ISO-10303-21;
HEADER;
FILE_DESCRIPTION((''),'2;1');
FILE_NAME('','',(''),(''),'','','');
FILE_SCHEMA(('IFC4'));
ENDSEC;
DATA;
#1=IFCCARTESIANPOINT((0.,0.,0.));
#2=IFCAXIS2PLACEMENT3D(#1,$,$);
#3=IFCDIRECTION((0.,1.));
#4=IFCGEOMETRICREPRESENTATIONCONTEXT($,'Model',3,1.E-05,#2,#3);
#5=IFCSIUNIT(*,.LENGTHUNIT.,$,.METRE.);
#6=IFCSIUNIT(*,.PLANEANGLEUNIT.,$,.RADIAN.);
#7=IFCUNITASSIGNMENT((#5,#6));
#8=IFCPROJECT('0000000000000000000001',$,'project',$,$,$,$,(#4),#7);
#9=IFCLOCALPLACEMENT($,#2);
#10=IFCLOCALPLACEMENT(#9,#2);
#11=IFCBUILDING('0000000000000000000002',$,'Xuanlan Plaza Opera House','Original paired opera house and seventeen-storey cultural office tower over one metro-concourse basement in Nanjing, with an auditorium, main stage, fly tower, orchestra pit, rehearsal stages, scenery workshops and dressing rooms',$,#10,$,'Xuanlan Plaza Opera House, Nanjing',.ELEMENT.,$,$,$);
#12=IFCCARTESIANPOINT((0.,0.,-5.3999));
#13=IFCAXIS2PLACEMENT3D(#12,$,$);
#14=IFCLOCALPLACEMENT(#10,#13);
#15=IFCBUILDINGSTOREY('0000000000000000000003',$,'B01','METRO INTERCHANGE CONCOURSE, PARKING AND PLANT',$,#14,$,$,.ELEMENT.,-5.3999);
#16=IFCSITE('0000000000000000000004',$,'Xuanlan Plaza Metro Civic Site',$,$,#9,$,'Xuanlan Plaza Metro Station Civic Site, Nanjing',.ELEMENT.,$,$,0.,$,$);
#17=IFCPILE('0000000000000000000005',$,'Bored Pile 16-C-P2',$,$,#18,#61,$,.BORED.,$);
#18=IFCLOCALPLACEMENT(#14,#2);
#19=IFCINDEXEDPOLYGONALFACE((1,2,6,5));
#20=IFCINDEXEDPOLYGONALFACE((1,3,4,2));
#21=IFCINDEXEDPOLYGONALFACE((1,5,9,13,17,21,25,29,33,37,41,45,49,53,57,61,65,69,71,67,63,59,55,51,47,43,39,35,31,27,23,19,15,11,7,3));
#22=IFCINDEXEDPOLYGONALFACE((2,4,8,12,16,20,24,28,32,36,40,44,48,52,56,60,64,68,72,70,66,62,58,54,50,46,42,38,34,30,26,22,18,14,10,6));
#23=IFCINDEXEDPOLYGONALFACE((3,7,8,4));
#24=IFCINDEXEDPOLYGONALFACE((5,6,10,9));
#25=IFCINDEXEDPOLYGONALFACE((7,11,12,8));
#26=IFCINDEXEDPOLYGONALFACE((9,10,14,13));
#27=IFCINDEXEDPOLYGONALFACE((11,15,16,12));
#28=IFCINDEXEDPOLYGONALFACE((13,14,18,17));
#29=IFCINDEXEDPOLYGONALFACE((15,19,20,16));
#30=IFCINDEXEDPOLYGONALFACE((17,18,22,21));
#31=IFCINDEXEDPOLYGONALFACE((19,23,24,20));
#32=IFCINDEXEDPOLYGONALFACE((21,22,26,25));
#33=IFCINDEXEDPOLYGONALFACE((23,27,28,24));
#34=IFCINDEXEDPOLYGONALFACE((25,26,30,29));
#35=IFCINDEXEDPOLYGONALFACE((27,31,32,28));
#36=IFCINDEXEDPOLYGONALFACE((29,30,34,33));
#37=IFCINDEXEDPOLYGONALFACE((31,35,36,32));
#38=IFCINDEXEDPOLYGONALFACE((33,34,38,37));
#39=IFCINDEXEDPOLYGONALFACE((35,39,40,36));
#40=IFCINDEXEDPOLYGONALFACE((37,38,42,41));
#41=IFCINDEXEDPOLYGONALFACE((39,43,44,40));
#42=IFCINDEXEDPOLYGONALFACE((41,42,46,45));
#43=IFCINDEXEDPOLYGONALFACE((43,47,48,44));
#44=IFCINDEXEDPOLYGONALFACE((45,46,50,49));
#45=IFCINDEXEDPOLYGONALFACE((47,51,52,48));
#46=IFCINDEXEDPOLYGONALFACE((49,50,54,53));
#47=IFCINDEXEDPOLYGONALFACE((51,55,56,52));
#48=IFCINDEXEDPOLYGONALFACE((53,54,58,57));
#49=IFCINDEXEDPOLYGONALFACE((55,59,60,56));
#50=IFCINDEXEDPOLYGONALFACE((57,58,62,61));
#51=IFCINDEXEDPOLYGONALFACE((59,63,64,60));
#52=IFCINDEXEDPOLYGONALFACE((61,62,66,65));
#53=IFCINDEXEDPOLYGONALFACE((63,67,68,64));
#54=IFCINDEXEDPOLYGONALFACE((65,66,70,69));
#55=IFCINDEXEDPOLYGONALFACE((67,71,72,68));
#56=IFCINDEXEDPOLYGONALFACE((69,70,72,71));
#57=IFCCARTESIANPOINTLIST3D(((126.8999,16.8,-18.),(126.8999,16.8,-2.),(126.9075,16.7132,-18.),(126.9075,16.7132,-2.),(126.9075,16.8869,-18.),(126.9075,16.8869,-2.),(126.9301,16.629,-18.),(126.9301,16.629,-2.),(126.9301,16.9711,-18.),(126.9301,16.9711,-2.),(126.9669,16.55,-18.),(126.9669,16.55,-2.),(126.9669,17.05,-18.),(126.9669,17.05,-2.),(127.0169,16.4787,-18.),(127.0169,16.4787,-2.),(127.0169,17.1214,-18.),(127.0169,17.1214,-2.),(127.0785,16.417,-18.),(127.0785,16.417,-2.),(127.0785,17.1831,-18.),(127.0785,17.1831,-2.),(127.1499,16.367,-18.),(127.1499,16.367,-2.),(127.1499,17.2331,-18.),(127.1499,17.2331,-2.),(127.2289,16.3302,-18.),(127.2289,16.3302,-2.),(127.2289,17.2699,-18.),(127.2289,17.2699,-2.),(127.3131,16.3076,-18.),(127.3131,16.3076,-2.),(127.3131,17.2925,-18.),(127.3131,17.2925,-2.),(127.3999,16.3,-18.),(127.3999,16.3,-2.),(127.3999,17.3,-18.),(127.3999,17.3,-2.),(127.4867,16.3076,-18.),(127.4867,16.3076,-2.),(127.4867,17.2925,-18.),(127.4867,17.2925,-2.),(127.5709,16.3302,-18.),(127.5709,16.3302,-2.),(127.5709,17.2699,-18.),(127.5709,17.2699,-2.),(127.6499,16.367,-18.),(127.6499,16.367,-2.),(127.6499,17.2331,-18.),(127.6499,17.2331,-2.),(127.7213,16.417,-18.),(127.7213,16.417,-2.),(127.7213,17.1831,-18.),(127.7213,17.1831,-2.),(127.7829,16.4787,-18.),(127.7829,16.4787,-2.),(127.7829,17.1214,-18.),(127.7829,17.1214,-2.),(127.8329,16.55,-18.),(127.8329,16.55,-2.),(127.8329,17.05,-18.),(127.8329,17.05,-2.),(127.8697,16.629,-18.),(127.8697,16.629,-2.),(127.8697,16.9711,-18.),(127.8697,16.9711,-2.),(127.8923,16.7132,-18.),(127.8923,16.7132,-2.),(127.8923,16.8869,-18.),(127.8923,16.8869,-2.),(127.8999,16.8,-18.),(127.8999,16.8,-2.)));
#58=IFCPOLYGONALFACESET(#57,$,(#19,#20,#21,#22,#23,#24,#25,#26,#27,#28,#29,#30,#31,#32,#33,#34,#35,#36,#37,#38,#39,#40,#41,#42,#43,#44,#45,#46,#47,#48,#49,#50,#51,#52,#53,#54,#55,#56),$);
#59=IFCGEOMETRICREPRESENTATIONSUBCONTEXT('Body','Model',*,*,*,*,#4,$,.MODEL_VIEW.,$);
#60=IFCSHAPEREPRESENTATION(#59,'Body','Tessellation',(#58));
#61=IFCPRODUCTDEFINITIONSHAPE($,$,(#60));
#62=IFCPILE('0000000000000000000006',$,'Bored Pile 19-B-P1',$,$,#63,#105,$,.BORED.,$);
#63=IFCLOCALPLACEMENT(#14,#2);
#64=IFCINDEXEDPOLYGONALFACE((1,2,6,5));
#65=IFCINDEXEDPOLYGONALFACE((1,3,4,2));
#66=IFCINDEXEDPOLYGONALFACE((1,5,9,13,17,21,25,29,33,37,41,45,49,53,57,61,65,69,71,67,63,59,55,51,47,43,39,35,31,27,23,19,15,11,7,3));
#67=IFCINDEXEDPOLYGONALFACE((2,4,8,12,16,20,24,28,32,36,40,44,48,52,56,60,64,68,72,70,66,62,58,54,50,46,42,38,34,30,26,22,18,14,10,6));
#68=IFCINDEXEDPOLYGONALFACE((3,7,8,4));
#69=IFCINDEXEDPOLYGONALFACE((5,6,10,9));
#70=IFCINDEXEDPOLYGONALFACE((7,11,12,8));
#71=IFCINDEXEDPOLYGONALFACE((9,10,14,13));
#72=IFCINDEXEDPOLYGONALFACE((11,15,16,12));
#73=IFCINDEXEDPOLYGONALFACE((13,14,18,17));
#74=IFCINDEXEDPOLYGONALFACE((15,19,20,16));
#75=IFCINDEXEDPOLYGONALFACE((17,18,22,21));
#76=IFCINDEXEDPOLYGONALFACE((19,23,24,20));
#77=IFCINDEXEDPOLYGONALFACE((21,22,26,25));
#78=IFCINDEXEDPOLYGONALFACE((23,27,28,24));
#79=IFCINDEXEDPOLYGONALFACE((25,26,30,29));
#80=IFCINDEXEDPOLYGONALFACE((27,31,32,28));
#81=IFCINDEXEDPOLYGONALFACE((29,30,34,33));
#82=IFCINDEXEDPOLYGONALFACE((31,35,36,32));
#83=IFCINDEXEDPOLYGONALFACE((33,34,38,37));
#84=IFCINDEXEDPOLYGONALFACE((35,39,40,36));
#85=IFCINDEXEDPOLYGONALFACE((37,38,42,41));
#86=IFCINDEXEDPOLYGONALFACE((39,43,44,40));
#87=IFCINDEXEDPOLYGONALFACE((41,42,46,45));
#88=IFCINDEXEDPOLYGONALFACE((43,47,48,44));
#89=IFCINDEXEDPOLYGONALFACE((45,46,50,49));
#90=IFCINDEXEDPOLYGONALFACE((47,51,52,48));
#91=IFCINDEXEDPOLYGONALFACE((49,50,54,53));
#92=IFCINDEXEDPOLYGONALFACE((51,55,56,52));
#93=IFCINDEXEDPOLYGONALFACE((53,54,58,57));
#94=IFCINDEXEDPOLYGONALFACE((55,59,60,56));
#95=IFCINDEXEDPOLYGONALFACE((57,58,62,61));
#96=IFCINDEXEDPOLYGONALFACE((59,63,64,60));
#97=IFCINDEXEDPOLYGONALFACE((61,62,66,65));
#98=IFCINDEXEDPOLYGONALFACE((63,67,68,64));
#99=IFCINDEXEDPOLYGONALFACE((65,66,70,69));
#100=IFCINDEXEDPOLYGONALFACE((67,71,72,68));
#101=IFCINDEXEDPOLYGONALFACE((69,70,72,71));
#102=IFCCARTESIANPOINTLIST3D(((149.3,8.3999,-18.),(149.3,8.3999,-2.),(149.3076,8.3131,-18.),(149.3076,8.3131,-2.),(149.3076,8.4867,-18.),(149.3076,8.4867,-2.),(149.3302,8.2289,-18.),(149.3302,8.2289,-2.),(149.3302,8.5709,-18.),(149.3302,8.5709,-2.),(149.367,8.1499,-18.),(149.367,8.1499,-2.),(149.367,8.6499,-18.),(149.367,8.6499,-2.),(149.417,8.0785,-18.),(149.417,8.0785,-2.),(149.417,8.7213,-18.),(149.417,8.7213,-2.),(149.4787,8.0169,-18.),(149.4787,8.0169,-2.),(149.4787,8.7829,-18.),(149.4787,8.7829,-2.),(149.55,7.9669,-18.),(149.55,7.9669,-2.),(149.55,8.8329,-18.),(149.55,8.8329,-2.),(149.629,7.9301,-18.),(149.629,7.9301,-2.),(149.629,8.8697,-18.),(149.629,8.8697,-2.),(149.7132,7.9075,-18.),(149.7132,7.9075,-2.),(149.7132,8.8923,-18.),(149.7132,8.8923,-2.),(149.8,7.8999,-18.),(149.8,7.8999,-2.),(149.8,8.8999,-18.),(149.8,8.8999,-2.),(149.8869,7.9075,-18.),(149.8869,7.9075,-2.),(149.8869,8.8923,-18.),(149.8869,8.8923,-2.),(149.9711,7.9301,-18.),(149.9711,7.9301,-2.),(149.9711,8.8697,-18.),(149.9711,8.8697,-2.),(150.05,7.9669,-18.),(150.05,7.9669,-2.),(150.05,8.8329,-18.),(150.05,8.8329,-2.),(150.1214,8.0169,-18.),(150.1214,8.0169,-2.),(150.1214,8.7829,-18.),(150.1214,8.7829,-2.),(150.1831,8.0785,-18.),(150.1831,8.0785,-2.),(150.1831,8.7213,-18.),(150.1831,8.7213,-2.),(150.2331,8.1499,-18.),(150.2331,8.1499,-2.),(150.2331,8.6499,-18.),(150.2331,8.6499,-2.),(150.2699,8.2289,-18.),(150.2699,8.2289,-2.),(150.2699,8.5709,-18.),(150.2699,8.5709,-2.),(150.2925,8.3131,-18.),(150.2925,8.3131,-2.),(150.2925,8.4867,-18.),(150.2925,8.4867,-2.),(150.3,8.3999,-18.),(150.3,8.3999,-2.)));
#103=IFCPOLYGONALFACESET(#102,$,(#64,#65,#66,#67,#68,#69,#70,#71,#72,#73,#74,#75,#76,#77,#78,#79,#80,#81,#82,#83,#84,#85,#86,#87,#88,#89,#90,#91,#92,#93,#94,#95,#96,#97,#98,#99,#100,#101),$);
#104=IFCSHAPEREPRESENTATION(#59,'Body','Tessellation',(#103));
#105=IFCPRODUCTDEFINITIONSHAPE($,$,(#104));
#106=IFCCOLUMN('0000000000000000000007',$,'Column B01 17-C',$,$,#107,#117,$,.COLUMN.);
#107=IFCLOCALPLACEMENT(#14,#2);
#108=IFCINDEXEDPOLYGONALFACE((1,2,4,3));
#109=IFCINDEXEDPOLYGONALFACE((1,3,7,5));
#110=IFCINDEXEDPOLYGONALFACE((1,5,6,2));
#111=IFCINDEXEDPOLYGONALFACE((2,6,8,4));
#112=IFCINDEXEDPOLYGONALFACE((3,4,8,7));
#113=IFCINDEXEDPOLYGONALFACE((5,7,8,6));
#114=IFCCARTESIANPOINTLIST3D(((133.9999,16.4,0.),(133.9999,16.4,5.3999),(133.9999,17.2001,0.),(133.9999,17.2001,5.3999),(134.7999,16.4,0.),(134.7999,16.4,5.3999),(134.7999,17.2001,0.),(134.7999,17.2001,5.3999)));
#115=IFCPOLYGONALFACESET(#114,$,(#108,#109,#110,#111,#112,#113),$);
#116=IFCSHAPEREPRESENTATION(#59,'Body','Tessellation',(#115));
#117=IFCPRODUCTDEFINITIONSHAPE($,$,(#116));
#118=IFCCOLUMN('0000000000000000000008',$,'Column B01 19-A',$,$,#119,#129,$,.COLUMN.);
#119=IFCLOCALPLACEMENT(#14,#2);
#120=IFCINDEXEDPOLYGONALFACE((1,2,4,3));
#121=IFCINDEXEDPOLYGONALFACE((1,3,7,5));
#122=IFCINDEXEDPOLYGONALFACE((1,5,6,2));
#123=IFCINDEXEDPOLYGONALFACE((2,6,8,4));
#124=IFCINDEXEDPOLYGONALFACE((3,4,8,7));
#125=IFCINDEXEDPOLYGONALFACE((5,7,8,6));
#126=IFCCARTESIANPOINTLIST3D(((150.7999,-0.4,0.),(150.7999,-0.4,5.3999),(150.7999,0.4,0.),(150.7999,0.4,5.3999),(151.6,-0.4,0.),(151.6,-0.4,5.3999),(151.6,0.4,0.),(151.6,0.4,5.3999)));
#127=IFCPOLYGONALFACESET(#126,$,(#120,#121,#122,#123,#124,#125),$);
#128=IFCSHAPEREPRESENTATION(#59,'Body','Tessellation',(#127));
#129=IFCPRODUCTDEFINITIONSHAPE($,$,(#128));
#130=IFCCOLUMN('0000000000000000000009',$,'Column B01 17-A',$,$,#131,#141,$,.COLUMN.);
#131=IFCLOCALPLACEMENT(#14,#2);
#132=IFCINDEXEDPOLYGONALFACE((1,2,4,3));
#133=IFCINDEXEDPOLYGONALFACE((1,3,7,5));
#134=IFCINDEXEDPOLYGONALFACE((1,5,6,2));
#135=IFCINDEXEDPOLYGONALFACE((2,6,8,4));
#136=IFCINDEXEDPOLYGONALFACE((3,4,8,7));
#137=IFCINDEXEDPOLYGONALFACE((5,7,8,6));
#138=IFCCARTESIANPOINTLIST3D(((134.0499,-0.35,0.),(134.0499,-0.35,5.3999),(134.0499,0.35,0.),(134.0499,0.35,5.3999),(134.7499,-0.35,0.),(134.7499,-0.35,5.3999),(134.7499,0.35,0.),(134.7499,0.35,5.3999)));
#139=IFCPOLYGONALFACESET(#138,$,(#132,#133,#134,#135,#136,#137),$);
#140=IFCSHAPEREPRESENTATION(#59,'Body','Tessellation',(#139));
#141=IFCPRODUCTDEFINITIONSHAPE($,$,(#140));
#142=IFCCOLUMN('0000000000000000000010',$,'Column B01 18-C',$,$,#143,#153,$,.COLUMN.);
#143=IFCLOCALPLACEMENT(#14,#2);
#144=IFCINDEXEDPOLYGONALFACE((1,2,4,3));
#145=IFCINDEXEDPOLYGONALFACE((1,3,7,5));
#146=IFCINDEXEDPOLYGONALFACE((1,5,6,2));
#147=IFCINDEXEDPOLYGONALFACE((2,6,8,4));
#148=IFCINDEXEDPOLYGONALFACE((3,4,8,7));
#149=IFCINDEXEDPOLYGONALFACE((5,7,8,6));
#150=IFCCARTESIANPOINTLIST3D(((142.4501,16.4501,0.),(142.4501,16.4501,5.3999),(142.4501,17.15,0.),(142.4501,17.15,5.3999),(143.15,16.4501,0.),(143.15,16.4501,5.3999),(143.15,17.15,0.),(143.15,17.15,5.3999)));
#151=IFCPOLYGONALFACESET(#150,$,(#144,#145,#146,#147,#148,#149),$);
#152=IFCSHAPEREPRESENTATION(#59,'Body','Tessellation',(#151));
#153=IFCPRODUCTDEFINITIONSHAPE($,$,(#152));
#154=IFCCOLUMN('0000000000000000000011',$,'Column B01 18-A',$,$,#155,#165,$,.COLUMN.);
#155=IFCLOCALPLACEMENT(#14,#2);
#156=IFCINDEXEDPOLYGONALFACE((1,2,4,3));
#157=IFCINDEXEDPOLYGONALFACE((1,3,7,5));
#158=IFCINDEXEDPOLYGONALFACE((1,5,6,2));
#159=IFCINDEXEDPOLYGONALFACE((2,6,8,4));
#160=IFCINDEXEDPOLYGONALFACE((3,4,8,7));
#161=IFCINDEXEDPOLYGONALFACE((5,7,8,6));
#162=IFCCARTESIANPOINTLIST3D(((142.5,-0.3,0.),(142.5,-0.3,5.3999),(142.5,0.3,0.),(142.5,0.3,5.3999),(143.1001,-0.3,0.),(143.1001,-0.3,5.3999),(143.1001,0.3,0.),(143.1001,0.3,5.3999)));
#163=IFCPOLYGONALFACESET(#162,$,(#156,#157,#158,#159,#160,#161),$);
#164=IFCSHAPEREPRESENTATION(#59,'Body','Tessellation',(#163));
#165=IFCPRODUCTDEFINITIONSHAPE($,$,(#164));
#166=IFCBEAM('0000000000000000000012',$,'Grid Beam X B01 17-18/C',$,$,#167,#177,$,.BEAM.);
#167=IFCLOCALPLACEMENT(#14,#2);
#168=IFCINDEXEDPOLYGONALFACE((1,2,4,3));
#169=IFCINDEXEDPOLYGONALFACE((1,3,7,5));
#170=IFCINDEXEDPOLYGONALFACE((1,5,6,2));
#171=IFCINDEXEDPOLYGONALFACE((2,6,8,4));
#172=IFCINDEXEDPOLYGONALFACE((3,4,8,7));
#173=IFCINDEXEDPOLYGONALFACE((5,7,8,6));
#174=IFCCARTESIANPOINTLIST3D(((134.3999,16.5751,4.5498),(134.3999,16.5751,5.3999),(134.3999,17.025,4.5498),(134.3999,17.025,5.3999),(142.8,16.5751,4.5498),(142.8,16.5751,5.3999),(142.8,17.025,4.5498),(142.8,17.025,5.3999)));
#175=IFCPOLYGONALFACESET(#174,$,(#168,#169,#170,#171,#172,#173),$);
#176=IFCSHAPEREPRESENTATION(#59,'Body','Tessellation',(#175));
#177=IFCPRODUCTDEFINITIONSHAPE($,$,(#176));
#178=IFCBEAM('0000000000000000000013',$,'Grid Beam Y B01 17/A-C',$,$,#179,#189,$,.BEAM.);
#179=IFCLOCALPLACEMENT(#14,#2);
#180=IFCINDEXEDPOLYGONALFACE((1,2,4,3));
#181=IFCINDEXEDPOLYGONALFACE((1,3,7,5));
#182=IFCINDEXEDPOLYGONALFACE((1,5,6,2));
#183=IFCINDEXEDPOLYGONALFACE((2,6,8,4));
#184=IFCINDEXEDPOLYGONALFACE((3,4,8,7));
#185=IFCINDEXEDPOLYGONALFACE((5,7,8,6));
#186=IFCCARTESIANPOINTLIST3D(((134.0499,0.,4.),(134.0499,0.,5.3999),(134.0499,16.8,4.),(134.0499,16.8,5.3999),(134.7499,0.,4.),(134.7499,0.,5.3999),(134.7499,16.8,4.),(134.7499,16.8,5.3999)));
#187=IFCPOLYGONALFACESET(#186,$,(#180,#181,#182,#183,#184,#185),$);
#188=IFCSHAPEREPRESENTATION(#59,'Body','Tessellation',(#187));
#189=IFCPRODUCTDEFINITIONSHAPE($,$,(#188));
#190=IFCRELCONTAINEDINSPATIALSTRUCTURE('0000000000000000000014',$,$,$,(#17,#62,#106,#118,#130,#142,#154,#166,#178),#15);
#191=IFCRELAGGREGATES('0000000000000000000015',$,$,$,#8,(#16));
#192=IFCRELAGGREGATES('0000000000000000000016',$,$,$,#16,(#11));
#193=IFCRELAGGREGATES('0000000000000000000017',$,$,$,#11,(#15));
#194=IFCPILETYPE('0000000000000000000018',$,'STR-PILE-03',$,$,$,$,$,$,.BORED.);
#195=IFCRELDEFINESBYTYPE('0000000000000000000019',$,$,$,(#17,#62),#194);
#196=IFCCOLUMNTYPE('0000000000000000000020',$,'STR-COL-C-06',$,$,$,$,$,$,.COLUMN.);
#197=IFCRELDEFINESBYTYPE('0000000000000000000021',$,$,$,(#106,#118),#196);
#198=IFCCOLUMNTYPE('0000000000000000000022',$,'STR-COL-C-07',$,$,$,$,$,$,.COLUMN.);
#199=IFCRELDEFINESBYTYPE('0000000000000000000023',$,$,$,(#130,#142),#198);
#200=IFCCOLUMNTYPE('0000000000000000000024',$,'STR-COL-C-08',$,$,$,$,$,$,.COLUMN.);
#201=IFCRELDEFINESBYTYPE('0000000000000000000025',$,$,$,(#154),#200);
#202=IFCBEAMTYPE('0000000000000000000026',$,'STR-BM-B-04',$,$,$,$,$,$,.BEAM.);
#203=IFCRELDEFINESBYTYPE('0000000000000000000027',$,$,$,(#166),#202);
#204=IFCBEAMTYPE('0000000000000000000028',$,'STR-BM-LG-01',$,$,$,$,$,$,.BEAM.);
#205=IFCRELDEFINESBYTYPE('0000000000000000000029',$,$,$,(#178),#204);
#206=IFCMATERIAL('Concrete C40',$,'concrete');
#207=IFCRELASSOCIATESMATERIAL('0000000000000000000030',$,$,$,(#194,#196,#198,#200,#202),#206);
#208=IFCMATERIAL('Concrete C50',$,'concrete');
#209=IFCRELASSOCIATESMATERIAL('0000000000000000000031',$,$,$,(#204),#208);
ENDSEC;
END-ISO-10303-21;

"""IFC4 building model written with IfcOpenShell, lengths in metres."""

from ifc_helpers import new_model, si_unit, direction, frame, origin, origin_2d, place, context, subcontext, project, spatial, rectangle, circle, extrude, material, material_profile, profile_set, type_object, element, save


model = new_model("IFC4")

# Units and contexts
model_context = context("Model", 3, precision=1e-05, world=origin(), true_north=direction((0.0, 1.0)))
body_context = subcontext(model_context, "Body", "Model", "MODEL_VIEW")
ifc_project = project(units=[si_unit("LENGTHUNIT", "METRE"), si_unit("PLANEANGLEUNIT", "RADIAN")], contexts=[model_context])

# Site, building, storey
site_placement = place(None, origin())
site = spatial("IfcSite", under=ifc_project, at=site_placement, Name="Xuanlan Plaza Metro Civic Site", LongName="Xuanlan Plaza Metro Station Civic Site, Nanjing", CompositionType="ELEMENT", RefElevation=0.0)
building_placement = place(site_placement, origin())
building = spatial("IfcBuilding", under=site, at=building_placement, Name="Xuanlan Plaza Opera House", Description="Original paired opera house and seventeen-storey cultural office tower over one metro-concourse basement in Nanjing, with an auditorium, main stage, fly tower, orchestra pit, rehearsal stages, scenery workshops and dressing rooms", LongName="Xuanlan Plaza Opera House, Nanjing", CompositionType="ELEMENT")
storey_placement = place(building_placement, frame((0.0, 0.0, -5.3999)))
storey = spatial("IfcBuildingStorey", under=building, at=storey_placement, Name="B01", Description="METRO INTERCHANGE CONCOURSE, PARKING AND PLANT", CompositionType="ELEMENT", Elevation=-5.3999)

# Shared definitions
ifc_material_1 = material(Name="Concrete C50", Category="concrete")
ifc_material_2 = material(Name="Concrete C40", Category="concrete")

# Piles
ifc_material_profile_1 = material_profile(ifc_material_2, circle(Radius=0.5, at=origin_2d()), Name="PILE D1000")
ifc_profile_set_1 = profile_set([ifc_material_profile_1], Name="Concrete C40")
pile_type_1 = type_object("IfcPileType", Name="STR-PILE-03", PredefinedType="BORED", material=ifc_profile_set_1)
for number, where, z_axis, x_axis, name in (
    (1, (127.3999, 16.8, -2.0), (0.0, 0.0, -1.0), (1.0, 0.0, 0.0), "Bored Pile 16-C-P2"),
    (2, (149.8, 8.3999, -2.0), (0.0, 0.0, -1.0), (1.0, 0.0, 0.0), "Bored Pile 19-B-P1"),
):
    element("IfcPile", number, at=place(storey_placement, frame(where, z_axis=z_axis, x_axis=x_axis)), inside=storey, type_object=pile_type_1, Name=name, PredefinedType="BORED", context=body_context, shape_type="SweptSolid", body=[
        extrude(circle(Radius=0.5, at=origin_2d()), origin(), (0.0, 0.0, 1.0), 16.0),
    ])

# Columns
ifc_material_profile_2 = material_profile(ifc_material_2, rectangle(XDim=0.8, YDim=0.8, at=origin_2d()), Name="RC-COL 800x800")
ifc_profile_set_2 = profile_set([ifc_material_profile_2], Name="Concrete C40")
column_type_1 = type_object("IfcColumnType", Name="STR-COL-C-06", PredefinedType="COLUMN", material=ifc_profile_set_2)
for number, where, z_axis, x_axis, name in (
    (3, (134.3999, 16.8, 0.0), (0.0, 0.0, 1.0), (1.0, 0.0, 0.0), "Column B01 17-C"),
    (4, (151.2, 0.0, 0.0), (0.0, 0.0, 1.0), (1.0, 0.0, 0.0), "Column B01 19-A"),
):
    element("IfcColumn", number, at=place(storey_placement, frame(where, z_axis=z_axis, x_axis=x_axis)), inside=storey, type_object=column_type_1, Name=name, PredefinedType="COLUMN", context=body_context, shape_type="SweptSolid", body=[
        extrude(rectangle(XDim=0.8, YDim=0.8, at=origin_2d()), origin(), (0.0, 0.0, 1.0), 5.3999),
    ])
ifc_material_profile_3 = material_profile(ifc_material_2, rectangle(XDim=0.7, YDim=0.7, at=origin_2d()), Name="RC-COL 700x700")
ifc_profile_set_3 = profile_set([ifc_material_profile_3], Name="Concrete C40")
column_type_2 = type_object("IfcColumnType", Name="STR-COL-C-07", PredefinedType="COLUMN", material=ifc_profile_set_3)
for number, where, z_axis, x_axis, name in (
    (5, (134.3999, 0.0, 0.0), (0.0, 0.0, 1.0), (1.0, 0.0, 0.0), "Column B01 17-A"),
    (6, (142.8, 16.8, 0.0), (0.0, 0.0, 1.0), (1.0, 0.0, 0.0), "Column B01 18-C"),
):
    element("IfcColumn", number, at=place(storey_placement, frame(where, z_axis=z_axis, x_axis=x_axis)), inside=storey, type_object=column_type_2, Name=name, PredefinedType="COLUMN", context=body_context, shape_type="SweptSolid", body=[
        extrude(rectangle(XDim=0.7, YDim=0.7, at=origin_2d()), origin(), (0.0, 0.0, 1.0), 5.3999),
    ])
ifc_material_profile_4 = material_profile(ifc_material_2, rectangle(XDim=0.6001, YDim=0.6001, at=origin_2d()), Name="RC-COL 600x600")
ifc_profile_set_4 = profile_set([ifc_material_profile_4], Name="Concrete C40")
column_type_3 = type_object("IfcColumnType", Name="STR-COL-C-08", PredefinedType="COLUMN", material=ifc_profile_set_4)
column_placement = place(storey_placement, frame((142.8, 0.0, 0.0), z_axis=(0.0, 0.0, 1.0), x_axis=(1.0, 0.0, 0.0)))
element("IfcColumn", 7, at=column_placement, inside=storey, type_object=column_type_3, Name="Column B01 18-A", PredefinedType="COLUMN", context=body_context, shape_type="SweptSolid", body=[
    extrude(rectangle(XDim=0.6001, YDim=0.6001, at=origin_2d()), origin(), (0.0, 0.0, 1.0), 5.3999),
])

# Beams
ifc_material_profile_5 = material_profile(ifc_material_2, rectangle(XDim=0.45, YDim=0.8501, at=origin_2d()), Name="RC-BM 450x850")
ifc_profile_set_5 = profile_set([ifc_material_profile_5], Name="Concrete C40")
beam_type_1 = type_object("IfcBeamType", Name="STR-BM-B-04", PredefinedType="BEAM", material=ifc_profile_set_5)
beam_1_placement = place(storey_placement, frame((134.3999, 16.8, 4.9749), z_axis=(1.0, 0.0, 0.0), x_axis=(0.0, 1.0, 0.0)))
element("IfcBeam", 8, at=beam_1_placement, inside=storey, type_object=beam_type_1, Name="Grid Beam X B01 17-18/C", PredefinedType="BEAM", context=body_context, shape_type="SweptSolid", body=[
    extrude(rectangle(XDim=0.45, YDim=0.8501, at=origin_2d()), origin(), (0.0, 0.0, 1.0), 8.4001),
])
ifc_material_profile_6 = material_profile(ifc_material_1, rectangle(XDim=0.7, YDim=1.3999, at=origin_2d()), Name="RC-LG 700x1400")
ifc_profile_set_6 = profile_set([ifc_material_profile_6], Name="Concrete C50")
beam_type_2 = type_object("IfcBeamType", Name="STR-BM-LG-01", PredefinedType="BEAM", material=ifc_profile_set_6)
for number, where, z_axis, x_axis, name in (
    (9, (134.3999, 0.0, 4.7), (0.0, 1.0, 0.0), (-1.0, 0.0, 0.0), "Grid Beam Y B01 17/A-C"),
):
    element("IfcBeam", number, at=place(storey_placement, frame(where, z_axis=z_axis, x_axis=x_axis)), inside=storey, type_object=beam_type_2, Name=name, PredefinedType="BEAM", context=body_context, shape_type="SweptSolid", body=[
        extrude(rectangle(XDim=0.7, YDim=1.3999, at=origin_2d()), origin(), (0.0, 0.0, 1.0), 16.8),
    ])

save(model, "model.ifc")
